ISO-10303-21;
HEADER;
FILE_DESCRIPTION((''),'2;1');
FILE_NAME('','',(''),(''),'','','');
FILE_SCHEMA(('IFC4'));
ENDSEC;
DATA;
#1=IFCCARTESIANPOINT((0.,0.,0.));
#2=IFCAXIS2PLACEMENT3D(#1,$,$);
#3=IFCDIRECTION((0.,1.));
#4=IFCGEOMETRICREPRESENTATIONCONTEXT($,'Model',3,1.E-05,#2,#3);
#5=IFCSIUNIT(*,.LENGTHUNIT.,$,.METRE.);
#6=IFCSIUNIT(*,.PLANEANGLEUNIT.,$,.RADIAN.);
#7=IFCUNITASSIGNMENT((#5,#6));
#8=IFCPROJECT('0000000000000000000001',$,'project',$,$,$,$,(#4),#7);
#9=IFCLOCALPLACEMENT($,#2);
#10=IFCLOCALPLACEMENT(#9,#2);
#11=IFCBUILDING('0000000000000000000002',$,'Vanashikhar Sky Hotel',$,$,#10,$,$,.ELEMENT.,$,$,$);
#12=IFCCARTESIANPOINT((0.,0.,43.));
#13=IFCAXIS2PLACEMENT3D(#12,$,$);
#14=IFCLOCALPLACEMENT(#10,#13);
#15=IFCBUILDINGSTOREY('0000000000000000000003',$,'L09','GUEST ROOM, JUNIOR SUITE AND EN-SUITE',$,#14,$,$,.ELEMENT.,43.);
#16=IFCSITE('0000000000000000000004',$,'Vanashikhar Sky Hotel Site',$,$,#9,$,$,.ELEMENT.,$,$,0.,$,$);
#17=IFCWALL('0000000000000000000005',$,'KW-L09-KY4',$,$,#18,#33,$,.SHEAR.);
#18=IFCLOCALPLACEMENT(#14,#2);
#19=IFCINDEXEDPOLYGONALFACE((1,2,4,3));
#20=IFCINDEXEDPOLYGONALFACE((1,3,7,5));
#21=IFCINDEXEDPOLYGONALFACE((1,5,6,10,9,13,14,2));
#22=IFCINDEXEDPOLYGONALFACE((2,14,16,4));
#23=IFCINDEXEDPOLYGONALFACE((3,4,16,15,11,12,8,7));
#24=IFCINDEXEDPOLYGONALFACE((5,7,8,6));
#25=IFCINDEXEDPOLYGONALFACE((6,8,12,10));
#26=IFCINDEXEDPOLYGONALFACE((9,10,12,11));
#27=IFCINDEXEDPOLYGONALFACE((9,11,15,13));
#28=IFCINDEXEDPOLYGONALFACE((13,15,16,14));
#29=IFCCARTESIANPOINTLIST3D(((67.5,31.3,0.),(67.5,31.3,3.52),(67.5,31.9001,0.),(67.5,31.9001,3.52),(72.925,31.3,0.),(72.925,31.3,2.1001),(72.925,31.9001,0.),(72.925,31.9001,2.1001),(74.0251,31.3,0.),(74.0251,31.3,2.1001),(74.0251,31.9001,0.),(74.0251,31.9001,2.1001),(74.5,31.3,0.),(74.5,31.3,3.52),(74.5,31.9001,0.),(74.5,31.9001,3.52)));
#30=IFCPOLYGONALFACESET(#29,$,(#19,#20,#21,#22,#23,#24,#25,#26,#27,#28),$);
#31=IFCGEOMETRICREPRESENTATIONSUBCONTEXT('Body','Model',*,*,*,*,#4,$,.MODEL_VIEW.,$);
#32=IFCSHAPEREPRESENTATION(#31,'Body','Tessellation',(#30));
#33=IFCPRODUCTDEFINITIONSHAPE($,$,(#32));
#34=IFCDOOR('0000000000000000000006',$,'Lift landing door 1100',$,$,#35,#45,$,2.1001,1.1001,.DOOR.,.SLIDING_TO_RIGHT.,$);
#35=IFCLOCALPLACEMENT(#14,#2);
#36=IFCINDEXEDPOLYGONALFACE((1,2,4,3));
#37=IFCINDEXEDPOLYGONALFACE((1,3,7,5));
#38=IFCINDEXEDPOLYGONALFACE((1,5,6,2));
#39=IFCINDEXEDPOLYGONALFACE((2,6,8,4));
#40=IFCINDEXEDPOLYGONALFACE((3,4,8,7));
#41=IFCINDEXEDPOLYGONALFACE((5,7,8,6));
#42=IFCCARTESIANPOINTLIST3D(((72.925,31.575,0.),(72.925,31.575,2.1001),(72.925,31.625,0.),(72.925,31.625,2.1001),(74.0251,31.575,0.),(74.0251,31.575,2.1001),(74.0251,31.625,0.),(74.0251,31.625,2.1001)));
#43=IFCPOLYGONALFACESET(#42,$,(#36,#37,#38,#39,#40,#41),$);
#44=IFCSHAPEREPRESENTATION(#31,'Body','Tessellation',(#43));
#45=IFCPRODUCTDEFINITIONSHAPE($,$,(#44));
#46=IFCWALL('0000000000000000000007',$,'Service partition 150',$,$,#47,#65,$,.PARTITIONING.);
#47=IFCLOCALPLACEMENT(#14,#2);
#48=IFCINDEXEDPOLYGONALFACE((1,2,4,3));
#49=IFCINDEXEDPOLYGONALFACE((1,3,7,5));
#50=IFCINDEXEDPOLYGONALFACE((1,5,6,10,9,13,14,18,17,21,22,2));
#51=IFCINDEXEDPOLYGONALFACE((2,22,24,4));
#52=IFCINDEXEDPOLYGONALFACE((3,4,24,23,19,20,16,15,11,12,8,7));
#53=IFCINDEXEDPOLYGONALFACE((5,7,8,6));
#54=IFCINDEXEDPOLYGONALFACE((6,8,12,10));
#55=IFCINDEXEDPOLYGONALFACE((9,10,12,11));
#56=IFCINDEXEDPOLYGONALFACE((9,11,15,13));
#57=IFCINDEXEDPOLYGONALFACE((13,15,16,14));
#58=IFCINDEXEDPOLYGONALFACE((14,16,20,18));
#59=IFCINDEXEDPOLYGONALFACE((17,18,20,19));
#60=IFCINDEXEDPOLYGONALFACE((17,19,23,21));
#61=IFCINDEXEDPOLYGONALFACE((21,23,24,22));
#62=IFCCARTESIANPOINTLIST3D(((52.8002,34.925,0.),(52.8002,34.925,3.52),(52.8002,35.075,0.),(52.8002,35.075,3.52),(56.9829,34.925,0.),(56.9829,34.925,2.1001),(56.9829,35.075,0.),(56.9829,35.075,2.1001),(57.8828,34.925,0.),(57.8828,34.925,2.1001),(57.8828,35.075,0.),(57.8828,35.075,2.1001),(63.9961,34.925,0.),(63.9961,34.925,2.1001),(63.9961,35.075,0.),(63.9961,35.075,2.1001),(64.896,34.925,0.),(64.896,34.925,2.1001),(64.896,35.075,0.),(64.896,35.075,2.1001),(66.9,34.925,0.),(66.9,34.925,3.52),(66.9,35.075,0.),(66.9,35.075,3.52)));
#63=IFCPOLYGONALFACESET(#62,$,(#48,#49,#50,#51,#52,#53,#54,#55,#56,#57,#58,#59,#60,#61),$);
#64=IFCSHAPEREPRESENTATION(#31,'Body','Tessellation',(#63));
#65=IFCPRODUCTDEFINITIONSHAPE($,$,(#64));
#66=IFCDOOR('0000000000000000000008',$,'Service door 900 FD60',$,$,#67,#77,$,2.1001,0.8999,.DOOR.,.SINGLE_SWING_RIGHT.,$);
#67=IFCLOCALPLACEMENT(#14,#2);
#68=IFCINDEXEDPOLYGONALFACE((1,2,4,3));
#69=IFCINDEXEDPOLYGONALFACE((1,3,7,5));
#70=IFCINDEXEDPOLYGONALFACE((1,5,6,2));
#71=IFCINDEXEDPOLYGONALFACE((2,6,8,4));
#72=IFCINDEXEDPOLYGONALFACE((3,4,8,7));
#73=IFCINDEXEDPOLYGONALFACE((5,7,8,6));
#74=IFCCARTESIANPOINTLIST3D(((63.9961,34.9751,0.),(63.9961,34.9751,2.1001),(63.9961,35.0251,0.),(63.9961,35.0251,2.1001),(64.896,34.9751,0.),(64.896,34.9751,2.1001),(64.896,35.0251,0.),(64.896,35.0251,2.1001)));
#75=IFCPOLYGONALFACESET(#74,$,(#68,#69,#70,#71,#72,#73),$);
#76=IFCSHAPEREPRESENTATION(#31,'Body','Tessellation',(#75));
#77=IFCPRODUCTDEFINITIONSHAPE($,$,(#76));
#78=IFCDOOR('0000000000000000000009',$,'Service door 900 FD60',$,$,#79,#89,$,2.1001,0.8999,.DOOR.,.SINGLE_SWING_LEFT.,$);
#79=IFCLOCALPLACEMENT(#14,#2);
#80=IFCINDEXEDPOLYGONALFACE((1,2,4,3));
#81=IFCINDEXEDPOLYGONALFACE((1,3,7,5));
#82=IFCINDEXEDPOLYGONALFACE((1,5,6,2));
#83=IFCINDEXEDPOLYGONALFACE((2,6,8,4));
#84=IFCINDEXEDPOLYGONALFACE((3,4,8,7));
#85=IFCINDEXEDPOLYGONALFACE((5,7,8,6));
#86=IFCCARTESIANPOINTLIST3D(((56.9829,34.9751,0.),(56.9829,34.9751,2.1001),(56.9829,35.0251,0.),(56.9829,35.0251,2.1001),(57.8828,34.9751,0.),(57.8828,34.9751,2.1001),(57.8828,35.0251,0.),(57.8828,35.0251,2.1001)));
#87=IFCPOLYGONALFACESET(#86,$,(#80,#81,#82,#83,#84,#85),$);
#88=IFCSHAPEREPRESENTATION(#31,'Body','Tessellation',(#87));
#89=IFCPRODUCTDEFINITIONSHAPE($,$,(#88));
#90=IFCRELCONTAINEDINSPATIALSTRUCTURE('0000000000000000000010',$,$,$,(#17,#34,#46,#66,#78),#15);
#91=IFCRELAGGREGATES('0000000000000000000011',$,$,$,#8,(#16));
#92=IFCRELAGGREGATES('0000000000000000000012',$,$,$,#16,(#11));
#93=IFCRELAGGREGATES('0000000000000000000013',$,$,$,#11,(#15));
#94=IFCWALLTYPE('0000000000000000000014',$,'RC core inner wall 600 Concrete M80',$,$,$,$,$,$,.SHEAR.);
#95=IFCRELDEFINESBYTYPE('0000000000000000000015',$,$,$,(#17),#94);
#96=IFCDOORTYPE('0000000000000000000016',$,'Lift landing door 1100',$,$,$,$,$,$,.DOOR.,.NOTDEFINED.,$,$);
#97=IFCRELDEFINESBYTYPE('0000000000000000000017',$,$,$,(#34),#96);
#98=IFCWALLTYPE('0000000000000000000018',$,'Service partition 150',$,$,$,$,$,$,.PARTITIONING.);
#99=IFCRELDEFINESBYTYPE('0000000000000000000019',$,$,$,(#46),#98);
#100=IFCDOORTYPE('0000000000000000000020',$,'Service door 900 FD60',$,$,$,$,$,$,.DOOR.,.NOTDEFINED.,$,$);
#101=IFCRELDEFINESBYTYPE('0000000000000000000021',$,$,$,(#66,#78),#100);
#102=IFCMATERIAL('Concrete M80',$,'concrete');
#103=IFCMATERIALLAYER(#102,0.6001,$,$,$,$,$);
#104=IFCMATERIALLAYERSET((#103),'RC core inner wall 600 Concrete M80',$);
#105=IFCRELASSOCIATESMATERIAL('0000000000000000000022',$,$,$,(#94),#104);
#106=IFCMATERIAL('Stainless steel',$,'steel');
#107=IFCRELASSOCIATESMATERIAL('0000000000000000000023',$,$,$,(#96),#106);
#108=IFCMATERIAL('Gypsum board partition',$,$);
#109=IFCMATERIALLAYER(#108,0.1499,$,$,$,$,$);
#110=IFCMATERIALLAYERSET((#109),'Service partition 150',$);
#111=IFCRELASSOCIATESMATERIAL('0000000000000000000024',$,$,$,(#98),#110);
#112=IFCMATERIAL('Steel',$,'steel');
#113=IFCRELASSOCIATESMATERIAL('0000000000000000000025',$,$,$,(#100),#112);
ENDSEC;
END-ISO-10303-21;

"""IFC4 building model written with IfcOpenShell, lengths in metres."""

from ifc_helpers import new_model, si_unit, direction, frame, frame_2d, origin, place, context, subcontext, project, spatial, rectangle, extrude, source, transform, mapped, material, layer, layer_set, type_object, element, fill, save


model = new_model("IFC4")

# Units and contexts
model_context = context("Model", 3, precision=1e-05, world=origin(), true_north=direction((0.0, 1.0)))
body_context = subcontext(model_context, "Body", "Model", "MODEL_VIEW")
ifc_project = project(units=[si_unit("LENGTHUNIT", "METRE"), si_unit("PLANEANGLEUNIT", "RADIAN")], contexts=[model_context])

# Site, building, storey
site_placement = place(None, origin())
site = spatial("IfcSite", under=ifc_project, at=site_placement, Name="Vanashikhar Sky Hotel Site", CompositionType="ELEMENT", RefElevation=0.0)
building_placement = place(site_placement, origin())
building = spatial("IfcBuilding", under=site, at=building_placement, Name="Vanashikhar Sky Hotel", CompositionType="ELEMENT")
storey_placement = place(building_placement, frame((0.0, 0.0, 43.0)))
storey = spatial("IfcBuildingStorey", under=building, at=storey_placement, Name="L09", Description="GUEST ROOM, JUNIOR SUITE AND EN-SUITE", CompositionType="ELEMENT", Elevation=43.0)

# Wall, opening, door
ifc_material_1 = material(Name="Concrete M80", Category="concrete")
ifc_layer_1 = layer(ifc_material_1, 0.6001)
ifc_layer_set_1 = layer_set([ifc_layer_1], Name="RC core inner wall 600 Concrete M80")
wall_type_1 = type_object("IfcWallType", Name="RC core inner wall 600 Concrete M80", PredefinedType="SHEAR", material=ifc_layer_set_1)
shared_shape_1 = source(origin(), body_context, "Body", "SweptSolid", [
    extrude(rectangle(XDim=7.0, YDim=0.6001, at=frame_2d((3.5, 0.0))), origin(), (0.0, 0.0, 1.0), 3.52),
])
wall_1_placement = place(storey_placement, frame((67.5, 31.6001, 0.0), z_axis=(0.0, 0.0, 1.0), x_axis=(1.0, 0.0, 0.0)))
wall_1 = element("IfcWall", 1, at=wall_1_placement, inside=storey, type_object=wall_type_1, Name="KW-L09-KY4", PredefinedType="SHEAR", context=body_context, shape_type="MappedRepresentation", body=[
    mapped(shared_shape_1, transform((0.0, 0.0, 0.0), scale=1.0)),
])
shared_shape_2 = source(origin(), body_context, "Body", "SweptSolid", [
    extrude(rectangle(XDim=1.1001, YDim=2.1001, at=frame_2d((0.55, 1.05))), frame((0.0, 0.3101, 0.0), z_axis=(0.0, -1.0, 0.0), x_axis=(1.0, 0.0, 0.0)), (0.0, 0.0, 1.0), 0.6201),
])
opening_1_placement = place(wall_1_placement, frame((5.425, 0.0, 0.0)))
opening_1 = element("IfcOpeningElement", 2, at=opening_1_placement, cuts=wall_1, PredefinedType="OPENING", context=body_context, shape_type="MappedRepresentation", body=[
    mapped(shared_shape_2, transform((0.0, 0.0, 0.0), scale=1.0)),
])
ifc_material_2 = material(Name="Stainless steel", Category="steel")
door_type_1 = type_object("IfcDoorType", Name="Lift landing door 1100", OperationType="NOTDEFINED", PredefinedType="DOOR", material=ifc_material_2)
shared_shape_3 = source(origin(), body_context, "Body", "SweptSolid", [
    extrude(rectangle(XDim=1.1001, YDim=2.1001, at=frame_2d((0.55, 1.05))), frame((0.0, 0.0249, 0.0), z_axis=(0.0, -1.0, 0.0), x_axis=(1.0, 0.0, 0.0)), (0.0, 0.0, 1.0), 0.05),
])
door_1_placement = place(opening_1_placement, origin())
door_1 = element("IfcDoor", 3, at=door_1_placement, inside=storey, type_object=door_type_1, Name="Lift landing door 1100", OperationType="SLIDING_TO_RIGHT", OverallHeight=2.1001, OverallWidth=1.1001, PredefinedType="DOOR", context=body_context, shape_type="MappedRepresentation", body=[
    mapped(shared_shape_3, transform((0.0, 0.0, 0.0), scale=1.0)),
])
fill(opening_1, door_1)

# Wall, openings, doors
ifc_material_3 = material(Name="Gypsum board partition")
ifc_layer_2 = layer(ifc_material_3, 0.1499)
ifc_layer_set_2 = layer_set([ifc_layer_2], Name="Service partition 150")
wall_type_2 = type_object("IfcWallType", Name="Service partition 150", PredefinedType="PARTITIONING", material=ifc_layer_set_2)
shared_shape_4 = source(origin(), body_context, "Body", "SweptSolid", [
    extrude(rectangle(XDim=14.0999, YDim=0.1499, at=frame_2d((7.0498, 0.0))), origin(), (0.0, 0.0, 1.0), 3.52),
])
wall_2_placement = place(storey_placement, frame((66.8999, 35.0, 0.0), z_axis=(0.0, 0.0, 1.0), x_axis=(-1.0, 0.0, 0.0)))
wall_2 = element("IfcWall", 4, at=wall_2_placement, inside=storey, type_object=wall_type_2, Name="Service partition 150", PredefinedType="PARTITIONING", context=body_context, shape_type="MappedRepresentation", body=[
    mapped(shared_shape_4, transform((0.0, 0.0, 0.0), scale=1.0)),
])
shared_shape_5 = source(origin(), body_context, "Body", "SweptSolid", [
    extrude(rectangle(XDim=0.8999, YDim=2.1001, at=frame_2d((0.45, 1.05))), frame((0.0, 0.085, 0.0), z_axis=(0.0, -1.0, 0.0), x_axis=(1.0, 0.0, 0.0)), (0.0, 0.0, 1.0), 0.1699),
])
opening_2_placement = place(wall_2_placement, frame((2.0039, 0.0, 0.0)))
opening_2 = element("IfcOpeningElement", 5, at=opening_2_placement, cuts=wall_2, PredefinedType="OPENING", context=body_context, shape_type="MappedRepresentation", body=[
    mapped(shared_shape_5, transform((0.0, 0.0, 0.0), scale=1.0)),
])
opening_3_placement = place(wall_2_placement, frame((9.0171, 0.0, 0.0)))
opening_3 = element("IfcOpeningElement", 6, at=opening_3_placement, cuts=wall_2, PredefinedType="OPENING", context=body_context, shape_type="MappedRepresentation", body=[
    mapped(shared_shape_5, transform((0.0, 0.0, 0.0), scale=1.0)),
])
ifc_material_4 = material(Name="Steel", Category="steel")
door_type_2 = type_object("IfcDoorType", Name="Service door 900 FD60", OperationType="NOTDEFINED", PredefinedType="DOOR", material=ifc_material_4)
shared_shape_6 = source(origin(), body_context, "Body", "SweptSolid", [
    extrude(rectangle(XDim=0.8999, YDim=2.1001, at=frame_2d((0.45, 1.05))), frame((0.0, 0.0249, 0.0), z_axis=(0.0, -1.0, 0.0), x_axis=(1.0, 0.0, 0.0)), (0.0, 0.0, 1.0), 0.05),
])
door_2_placement = place(opening_2_placement, origin())
door_2 = element("IfcDoor", 7, at=door_2_placement, inside=storey, type_object=door_type_2, Name="Service door 900 FD60", OperationType="SINGLE_SWING_RIGHT", OverallHeight=2.1001, OverallWidth=0.8999, PredefinedType="DOOR", context=body_context, shape_type="MappedRepresentation", body=[
    mapped(shared_shape_6, transform((0.0, 0.0, 0.0), scale=1.0)),
])
fill(opening_2, door_2)
door_3_placement = place(opening_3_placement, origin())
door_3 = element("IfcDoor", 8, at=door_3_placement, inside=storey, type_object=door_type_2, Name="Service door 900 FD60", OperationType="SINGLE_SWING_LEFT", OverallHeight=2.1001, OverallWidth=0.8999, PredefinedType="DOOR", context=body_context, shape_type="MappedRepresentation", body=[
    mapped(shared_shape_6, transform((0.0, 0.0, 0.0), scale=1.0)),
])
fill(opening_3, door_3)

save(model, "model.ifc")
